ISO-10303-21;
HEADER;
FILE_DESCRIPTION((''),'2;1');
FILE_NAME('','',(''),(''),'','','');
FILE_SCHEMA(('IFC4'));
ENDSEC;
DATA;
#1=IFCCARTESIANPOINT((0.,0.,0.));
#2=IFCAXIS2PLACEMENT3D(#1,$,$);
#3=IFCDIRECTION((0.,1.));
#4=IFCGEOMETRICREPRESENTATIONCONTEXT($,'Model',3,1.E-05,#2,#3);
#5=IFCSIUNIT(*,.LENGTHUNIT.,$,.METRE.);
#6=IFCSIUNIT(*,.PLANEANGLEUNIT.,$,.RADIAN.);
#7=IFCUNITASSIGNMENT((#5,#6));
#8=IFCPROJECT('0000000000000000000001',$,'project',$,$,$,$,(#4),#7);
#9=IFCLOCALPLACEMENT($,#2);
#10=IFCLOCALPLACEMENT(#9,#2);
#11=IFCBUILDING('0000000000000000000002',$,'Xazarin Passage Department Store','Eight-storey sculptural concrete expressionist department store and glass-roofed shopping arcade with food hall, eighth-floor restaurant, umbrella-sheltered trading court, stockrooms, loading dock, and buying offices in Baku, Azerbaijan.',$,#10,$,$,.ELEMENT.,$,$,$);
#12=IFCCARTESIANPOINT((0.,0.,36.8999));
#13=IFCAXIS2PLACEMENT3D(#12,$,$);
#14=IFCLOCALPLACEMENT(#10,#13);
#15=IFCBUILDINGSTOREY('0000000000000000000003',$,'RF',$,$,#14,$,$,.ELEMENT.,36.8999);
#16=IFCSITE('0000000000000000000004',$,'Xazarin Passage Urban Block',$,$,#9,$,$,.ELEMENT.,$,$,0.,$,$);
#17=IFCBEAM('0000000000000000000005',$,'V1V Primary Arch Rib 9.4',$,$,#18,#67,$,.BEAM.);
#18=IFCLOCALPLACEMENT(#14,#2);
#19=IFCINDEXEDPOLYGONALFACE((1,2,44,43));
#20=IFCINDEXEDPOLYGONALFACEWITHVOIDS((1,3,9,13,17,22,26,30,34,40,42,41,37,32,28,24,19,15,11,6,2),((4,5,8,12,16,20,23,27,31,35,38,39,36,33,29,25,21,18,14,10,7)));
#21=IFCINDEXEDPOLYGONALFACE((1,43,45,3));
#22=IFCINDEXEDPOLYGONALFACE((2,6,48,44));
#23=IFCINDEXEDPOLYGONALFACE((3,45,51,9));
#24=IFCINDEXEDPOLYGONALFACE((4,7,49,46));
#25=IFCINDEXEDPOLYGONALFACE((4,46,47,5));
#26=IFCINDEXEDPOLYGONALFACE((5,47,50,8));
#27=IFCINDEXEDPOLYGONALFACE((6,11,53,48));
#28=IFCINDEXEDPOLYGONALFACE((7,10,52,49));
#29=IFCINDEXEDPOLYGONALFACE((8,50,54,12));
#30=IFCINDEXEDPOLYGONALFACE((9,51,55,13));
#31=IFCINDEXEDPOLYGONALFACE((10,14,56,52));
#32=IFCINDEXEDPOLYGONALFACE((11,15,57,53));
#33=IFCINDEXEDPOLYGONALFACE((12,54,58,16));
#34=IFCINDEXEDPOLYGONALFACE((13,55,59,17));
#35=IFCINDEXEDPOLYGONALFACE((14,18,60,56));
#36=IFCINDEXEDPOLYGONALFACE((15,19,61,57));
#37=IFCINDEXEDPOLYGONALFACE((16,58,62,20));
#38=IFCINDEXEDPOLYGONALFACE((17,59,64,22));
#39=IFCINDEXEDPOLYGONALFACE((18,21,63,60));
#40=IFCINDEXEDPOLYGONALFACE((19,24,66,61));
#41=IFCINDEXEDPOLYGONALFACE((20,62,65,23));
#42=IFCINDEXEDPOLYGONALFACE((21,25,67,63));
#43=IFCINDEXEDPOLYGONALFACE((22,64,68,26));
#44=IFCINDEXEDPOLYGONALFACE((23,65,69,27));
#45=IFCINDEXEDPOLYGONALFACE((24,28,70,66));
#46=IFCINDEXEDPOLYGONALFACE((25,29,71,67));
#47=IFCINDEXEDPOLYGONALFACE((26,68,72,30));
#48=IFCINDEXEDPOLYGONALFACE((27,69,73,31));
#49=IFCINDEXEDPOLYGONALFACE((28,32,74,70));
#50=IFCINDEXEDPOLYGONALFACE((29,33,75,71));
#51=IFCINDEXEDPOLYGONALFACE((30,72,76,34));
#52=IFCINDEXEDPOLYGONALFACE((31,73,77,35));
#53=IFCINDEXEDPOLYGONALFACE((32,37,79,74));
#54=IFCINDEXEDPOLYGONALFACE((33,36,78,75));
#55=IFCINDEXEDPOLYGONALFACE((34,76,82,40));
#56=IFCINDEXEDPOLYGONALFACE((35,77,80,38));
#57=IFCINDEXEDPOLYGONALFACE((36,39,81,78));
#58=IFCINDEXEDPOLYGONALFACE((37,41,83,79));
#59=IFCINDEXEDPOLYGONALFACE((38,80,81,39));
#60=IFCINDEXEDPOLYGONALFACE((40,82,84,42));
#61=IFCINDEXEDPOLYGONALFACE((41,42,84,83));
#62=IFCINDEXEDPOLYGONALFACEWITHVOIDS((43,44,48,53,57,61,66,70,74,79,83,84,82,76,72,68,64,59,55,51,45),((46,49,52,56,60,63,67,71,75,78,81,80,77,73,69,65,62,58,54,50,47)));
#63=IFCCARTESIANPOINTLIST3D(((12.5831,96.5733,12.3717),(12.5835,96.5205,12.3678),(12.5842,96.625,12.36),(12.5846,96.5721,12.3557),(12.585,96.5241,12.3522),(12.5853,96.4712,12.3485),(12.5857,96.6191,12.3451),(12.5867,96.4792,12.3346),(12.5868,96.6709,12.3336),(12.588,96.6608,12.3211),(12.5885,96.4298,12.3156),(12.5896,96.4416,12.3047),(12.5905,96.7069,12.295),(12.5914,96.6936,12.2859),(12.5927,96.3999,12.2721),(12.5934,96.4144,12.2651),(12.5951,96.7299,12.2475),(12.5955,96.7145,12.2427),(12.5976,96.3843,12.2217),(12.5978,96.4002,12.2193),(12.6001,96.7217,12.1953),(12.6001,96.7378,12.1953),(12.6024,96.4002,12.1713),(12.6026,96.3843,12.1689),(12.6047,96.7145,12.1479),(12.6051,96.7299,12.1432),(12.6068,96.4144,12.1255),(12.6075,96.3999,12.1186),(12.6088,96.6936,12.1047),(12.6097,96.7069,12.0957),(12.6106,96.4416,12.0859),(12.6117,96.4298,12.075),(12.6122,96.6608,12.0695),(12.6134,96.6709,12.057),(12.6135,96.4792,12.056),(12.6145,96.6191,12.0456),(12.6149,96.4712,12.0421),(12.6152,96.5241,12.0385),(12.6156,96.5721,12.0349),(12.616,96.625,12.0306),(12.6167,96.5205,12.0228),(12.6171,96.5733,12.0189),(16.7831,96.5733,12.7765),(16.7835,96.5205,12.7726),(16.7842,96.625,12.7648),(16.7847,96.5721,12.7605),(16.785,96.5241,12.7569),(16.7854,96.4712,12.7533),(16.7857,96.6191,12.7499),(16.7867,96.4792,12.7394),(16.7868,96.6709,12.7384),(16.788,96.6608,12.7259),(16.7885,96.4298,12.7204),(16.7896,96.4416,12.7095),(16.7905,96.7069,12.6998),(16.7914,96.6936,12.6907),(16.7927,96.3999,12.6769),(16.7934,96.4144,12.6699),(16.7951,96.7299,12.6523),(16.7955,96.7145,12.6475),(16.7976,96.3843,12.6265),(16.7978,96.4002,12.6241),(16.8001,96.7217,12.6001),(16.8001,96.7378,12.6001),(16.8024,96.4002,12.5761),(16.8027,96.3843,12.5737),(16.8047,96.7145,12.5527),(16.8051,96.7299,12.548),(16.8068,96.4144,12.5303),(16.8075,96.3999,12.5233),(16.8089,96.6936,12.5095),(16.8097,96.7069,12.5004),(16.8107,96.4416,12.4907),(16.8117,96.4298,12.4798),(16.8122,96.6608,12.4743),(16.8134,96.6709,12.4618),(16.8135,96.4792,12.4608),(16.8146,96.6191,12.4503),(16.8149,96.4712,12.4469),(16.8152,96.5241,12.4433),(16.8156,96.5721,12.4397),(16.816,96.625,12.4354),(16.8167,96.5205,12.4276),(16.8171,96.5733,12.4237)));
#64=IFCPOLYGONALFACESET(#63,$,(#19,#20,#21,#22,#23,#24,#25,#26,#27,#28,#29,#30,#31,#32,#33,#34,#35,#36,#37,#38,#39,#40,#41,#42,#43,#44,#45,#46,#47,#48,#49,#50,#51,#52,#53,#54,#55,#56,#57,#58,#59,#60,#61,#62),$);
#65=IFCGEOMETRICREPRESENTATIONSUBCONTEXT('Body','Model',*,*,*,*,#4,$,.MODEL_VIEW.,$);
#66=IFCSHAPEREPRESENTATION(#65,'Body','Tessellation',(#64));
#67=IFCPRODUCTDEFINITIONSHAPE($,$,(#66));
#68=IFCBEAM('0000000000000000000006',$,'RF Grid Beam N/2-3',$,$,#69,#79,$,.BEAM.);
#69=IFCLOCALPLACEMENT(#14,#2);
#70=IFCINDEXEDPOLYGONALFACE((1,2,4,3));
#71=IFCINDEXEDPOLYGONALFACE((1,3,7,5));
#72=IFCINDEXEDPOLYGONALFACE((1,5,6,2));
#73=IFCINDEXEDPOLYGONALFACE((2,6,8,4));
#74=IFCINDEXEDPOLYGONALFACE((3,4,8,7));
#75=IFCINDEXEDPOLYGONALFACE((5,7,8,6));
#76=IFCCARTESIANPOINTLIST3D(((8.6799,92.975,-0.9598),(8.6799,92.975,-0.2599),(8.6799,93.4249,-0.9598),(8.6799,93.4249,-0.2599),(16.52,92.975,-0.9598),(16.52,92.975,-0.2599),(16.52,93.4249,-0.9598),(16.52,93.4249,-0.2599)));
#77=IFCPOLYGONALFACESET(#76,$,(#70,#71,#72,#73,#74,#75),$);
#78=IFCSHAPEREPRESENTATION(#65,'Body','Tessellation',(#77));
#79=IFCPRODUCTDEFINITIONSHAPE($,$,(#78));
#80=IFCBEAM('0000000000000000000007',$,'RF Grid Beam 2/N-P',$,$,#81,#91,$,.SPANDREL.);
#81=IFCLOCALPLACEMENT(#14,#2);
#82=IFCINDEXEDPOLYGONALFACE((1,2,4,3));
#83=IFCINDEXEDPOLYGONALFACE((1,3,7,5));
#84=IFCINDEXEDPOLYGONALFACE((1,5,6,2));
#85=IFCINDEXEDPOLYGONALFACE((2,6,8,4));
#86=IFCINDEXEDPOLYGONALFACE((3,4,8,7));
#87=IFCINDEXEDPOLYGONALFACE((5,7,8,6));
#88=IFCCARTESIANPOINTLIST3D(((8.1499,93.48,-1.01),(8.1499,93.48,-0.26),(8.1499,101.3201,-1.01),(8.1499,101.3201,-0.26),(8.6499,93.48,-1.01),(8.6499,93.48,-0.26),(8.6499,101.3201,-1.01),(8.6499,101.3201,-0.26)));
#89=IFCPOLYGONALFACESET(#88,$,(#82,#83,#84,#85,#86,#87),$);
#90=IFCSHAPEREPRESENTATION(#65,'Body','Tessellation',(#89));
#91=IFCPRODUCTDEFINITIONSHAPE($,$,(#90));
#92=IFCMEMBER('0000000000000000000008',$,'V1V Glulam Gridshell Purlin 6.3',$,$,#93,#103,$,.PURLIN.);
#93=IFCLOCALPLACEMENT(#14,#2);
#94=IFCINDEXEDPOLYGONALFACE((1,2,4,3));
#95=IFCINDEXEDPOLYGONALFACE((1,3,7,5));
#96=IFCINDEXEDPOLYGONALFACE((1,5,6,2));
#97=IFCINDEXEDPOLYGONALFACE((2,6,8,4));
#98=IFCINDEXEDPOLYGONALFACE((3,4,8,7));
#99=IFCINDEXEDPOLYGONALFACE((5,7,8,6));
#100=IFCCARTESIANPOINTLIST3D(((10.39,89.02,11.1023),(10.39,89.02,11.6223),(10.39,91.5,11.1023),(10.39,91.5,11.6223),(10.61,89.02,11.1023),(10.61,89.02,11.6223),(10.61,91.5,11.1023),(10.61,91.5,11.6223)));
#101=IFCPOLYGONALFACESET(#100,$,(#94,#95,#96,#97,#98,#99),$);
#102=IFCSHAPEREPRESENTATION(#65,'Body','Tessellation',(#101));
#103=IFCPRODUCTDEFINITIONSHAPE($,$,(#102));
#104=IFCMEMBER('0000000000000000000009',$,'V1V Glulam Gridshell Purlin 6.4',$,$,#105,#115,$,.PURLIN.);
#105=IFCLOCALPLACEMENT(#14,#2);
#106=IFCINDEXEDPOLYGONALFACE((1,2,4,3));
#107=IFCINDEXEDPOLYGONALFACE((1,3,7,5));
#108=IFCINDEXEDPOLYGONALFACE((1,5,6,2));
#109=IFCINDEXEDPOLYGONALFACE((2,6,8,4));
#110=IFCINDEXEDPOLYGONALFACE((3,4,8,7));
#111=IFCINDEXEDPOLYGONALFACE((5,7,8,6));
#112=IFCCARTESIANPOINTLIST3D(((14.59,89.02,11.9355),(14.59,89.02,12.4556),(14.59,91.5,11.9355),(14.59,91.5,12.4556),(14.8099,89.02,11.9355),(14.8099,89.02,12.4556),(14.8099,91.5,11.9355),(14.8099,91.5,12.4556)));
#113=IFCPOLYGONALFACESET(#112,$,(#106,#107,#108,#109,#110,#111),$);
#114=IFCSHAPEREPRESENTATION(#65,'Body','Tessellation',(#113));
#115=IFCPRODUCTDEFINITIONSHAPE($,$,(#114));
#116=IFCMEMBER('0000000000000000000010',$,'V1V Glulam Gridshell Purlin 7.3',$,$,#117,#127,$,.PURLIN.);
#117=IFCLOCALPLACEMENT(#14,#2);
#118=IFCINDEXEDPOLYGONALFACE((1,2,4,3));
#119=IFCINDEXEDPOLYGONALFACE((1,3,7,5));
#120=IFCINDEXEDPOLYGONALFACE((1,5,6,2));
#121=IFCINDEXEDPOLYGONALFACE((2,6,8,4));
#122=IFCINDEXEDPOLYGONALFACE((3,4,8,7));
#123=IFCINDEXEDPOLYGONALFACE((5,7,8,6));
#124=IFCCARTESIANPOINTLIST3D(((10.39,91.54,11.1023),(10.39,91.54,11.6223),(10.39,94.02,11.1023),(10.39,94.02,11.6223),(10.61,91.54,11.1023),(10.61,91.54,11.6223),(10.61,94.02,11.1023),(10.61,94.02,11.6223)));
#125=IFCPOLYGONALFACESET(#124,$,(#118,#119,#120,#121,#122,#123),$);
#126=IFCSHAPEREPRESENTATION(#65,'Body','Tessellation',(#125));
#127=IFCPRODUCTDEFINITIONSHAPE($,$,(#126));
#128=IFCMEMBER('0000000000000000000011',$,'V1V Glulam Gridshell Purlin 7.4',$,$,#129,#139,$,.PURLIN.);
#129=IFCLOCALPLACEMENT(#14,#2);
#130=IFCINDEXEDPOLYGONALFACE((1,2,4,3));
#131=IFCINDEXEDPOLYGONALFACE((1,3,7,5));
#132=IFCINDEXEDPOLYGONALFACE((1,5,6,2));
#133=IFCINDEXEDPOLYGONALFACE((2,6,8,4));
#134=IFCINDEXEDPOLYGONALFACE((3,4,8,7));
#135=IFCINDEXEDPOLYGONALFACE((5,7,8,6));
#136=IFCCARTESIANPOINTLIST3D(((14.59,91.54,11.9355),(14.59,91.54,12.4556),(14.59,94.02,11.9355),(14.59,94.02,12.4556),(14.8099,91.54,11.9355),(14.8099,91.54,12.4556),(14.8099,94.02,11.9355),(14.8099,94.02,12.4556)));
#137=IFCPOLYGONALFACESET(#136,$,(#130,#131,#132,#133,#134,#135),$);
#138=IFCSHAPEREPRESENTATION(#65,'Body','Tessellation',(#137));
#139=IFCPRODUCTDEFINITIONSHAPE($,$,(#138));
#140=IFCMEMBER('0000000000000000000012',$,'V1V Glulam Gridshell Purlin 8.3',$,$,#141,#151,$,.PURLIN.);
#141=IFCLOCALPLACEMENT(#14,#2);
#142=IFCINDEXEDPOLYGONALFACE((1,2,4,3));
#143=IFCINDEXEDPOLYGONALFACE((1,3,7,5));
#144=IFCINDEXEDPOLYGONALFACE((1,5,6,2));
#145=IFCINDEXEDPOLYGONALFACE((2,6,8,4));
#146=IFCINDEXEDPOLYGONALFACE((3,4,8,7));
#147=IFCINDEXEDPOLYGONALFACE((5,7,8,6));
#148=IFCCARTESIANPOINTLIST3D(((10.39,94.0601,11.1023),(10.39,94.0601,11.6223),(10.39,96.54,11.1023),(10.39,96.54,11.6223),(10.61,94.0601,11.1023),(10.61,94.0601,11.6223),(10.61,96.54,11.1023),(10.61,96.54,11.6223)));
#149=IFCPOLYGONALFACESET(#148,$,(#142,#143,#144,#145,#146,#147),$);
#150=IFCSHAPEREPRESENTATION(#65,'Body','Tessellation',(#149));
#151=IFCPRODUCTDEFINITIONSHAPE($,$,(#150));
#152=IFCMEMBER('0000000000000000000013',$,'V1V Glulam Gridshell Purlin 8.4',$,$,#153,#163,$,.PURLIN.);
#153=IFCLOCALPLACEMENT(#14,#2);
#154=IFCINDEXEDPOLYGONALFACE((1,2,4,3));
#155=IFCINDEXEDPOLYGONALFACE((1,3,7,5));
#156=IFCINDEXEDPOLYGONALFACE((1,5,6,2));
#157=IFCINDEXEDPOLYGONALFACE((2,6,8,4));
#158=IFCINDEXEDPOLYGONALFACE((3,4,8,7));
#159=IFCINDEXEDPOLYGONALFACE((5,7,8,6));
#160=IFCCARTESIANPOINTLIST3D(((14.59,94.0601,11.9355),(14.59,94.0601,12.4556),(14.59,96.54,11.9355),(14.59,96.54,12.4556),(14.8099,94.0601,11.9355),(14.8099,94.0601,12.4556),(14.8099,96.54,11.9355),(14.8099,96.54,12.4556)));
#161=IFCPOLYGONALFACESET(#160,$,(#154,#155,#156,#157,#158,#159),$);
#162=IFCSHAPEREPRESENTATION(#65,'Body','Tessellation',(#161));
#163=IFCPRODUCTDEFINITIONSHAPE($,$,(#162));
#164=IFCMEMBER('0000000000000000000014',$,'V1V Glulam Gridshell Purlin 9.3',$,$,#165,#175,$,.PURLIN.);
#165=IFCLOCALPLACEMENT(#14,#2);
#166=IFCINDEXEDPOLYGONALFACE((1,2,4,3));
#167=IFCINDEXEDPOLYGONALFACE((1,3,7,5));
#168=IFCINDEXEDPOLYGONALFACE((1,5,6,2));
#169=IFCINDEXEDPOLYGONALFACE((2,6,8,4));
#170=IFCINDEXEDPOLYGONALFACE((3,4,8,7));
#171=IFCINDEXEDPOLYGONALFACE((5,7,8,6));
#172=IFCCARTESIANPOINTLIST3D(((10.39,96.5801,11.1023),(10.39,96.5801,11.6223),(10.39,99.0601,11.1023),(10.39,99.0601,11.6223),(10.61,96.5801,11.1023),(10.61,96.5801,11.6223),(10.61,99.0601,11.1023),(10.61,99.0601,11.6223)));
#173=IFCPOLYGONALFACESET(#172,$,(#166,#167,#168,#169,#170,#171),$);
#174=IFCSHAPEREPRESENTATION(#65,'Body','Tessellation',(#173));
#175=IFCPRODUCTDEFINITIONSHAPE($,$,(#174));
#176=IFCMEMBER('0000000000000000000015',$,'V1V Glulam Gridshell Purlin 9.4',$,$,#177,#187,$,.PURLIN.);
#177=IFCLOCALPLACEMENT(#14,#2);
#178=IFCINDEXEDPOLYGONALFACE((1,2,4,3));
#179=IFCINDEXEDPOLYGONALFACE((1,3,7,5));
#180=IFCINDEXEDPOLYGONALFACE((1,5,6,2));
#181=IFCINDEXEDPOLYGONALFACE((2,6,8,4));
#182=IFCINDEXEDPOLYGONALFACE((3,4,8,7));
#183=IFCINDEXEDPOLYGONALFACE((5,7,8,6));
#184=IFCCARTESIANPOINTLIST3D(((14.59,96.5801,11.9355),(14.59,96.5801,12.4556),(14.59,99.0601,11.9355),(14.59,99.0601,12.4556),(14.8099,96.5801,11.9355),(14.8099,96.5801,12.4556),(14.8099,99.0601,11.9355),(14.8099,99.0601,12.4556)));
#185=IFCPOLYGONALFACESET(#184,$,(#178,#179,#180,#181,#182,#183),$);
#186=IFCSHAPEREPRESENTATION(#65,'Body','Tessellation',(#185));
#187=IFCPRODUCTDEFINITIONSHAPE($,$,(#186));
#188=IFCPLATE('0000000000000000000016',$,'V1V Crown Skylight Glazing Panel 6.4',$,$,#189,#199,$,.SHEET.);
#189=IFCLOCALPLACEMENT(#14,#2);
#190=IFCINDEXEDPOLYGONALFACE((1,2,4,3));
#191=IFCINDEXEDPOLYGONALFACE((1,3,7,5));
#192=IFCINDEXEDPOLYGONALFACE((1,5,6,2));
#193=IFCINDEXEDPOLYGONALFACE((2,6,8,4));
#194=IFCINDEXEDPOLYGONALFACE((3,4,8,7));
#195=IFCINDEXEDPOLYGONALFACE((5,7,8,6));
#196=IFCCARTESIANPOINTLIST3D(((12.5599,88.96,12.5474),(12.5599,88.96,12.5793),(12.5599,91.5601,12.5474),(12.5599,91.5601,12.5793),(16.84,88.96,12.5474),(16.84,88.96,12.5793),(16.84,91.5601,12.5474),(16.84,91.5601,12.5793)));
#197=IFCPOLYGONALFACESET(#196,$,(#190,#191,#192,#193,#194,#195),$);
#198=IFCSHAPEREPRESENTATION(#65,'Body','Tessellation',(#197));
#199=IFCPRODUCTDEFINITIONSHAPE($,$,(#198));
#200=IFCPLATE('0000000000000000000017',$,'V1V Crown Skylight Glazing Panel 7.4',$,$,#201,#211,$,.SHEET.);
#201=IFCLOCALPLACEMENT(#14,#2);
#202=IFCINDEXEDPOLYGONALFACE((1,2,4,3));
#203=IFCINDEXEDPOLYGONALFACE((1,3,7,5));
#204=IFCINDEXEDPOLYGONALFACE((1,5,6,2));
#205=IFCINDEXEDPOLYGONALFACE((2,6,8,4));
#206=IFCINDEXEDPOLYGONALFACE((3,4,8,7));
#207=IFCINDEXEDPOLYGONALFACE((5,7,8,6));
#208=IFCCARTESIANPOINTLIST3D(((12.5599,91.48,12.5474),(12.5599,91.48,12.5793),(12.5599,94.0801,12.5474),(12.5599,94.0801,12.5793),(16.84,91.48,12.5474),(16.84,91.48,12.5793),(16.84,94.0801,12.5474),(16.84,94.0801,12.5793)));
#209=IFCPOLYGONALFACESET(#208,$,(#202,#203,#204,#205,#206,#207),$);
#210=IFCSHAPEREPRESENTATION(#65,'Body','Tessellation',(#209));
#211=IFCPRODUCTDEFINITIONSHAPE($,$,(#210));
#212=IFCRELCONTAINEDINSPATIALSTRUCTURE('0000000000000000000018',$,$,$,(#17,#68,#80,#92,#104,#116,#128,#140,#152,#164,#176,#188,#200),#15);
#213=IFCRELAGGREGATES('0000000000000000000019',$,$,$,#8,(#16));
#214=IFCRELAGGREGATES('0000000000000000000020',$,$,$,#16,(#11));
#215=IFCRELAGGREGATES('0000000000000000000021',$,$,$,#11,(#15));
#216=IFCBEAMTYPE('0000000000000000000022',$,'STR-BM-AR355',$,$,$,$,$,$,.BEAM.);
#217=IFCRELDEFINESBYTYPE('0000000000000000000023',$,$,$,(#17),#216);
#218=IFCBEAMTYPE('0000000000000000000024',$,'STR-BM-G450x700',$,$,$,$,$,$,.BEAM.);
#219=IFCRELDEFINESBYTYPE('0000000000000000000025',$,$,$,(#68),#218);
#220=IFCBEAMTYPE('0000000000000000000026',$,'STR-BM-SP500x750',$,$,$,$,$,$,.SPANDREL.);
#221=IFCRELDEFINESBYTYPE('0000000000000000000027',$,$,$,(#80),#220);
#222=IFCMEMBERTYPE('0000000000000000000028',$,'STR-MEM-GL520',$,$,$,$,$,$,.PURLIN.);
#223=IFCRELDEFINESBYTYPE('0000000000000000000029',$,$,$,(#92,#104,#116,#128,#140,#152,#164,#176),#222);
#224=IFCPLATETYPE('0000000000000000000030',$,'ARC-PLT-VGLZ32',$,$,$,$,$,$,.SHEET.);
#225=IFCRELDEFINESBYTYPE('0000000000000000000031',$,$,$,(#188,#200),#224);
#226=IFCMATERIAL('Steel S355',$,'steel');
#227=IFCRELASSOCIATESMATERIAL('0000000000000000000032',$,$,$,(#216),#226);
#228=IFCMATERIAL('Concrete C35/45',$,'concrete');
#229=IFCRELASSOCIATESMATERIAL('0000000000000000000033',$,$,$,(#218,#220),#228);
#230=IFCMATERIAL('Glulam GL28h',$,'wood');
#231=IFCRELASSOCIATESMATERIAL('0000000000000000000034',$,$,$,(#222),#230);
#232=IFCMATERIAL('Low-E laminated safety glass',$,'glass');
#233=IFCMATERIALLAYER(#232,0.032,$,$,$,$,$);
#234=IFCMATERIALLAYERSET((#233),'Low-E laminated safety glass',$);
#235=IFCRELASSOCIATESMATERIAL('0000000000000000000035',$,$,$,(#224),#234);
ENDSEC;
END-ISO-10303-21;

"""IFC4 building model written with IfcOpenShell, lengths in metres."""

from ifc_helpers import new_model, si_unit, direction, frame, origin, origin_2d, place, context, subcontext, project, spatial, rectangle, hollow_circle, extrude, material, layer, layer_set, material_profile, profile_set, type_object, element, save


model = new_model("IFC4")

# Units and contexts
model_context = context("Model", 3, precision=1e-05, world=origin(), true_north=direction((0.0, 1.0)))
body_context = subcontext(model_context, "Body", "Model", "MODEL_VIEW")
ifc_project = project(units=[si_unit("LENGTHUNIT", "METRE"), si_unit("PLANEANGLEUNIT", "RADIAN")], contexts=[model_context])

# Site, building, storey
site_placement = place(None, origin())
site = spatial("IfcSite", under=ifc_project, at=site_placement, Name="Xazarin Passage Urban Block", CompositionType="ELEMENT", RefElevation=0.0)
building_placement = place(site_placement, origin())
building = spatial("IfcBuilding", under=site, at=building_placement, Name="Xazarin Passage Department Store", Description="Eight-storey sculptural concrete expressionist department store and glass-roofed shopping arcade with food hall, eighth-floor restaurant, umbrella-sheltered trading court, stockrooms, loading dock, and buying offices in Baku, Azerbaijan.", CompositionType="ELEMENT")
storey_placement = place(building_placement, frame((0.0, 0.0, 36.8999)))
storey = spatial("IfcBuildingStorey", under=building, at=storey_placement, Name="RF", CompositionType="ELEMENT", Elevation=36.8999)

# Beams
ifc_material_1 = material(Name="Steel S355", Category="steel")
ifc_material_profile_1 = material_profile(ifc_material_1, hollow_circle(Radius=0.1777, WallThickness=0.0161, at=origin_2d()), Name="CHS 355.6x16")
ifc_profile_set_1 = profile_set([ifc_material_profile_1], Name="Steel S355")
beam_type_1 = type_object("IfcBeamType", Name="STR-BM-AR355", PredefinedType="BEAM", material=ifc_profile_set_1)
beam_1_placement = place(storey_placement, frame((12.6001, 96.5601, 12.1953), z_axis=(0.995388, 0.0, 0.095934), x_axis=(0.0, 1.0, 0.0)))
element("IfcBeam", 1, at=beam_1_placement, inside=storey, type_object=beam_type_1, Name="V1V Primary Arch Rib 9.4", PredefinedType="BEAM", context=body_context, shape_type="SweptSolid", body=[
    extrude(hollow_circle(Radius=0.1777, WallThickness=0.0161, at=origin_2d()), origin(), (0.0, 0.0, 1.0), 4.2195),
])
ifc_material_2 = material(Name="Concrete C35/45", Category="concrete")
ifc_material_profile_2 = material_profile(ifc_material_2, rectangle(XDim=0.45, YDim=0.7, at=origin_2d()), Name="RC 450x700")
ifc_profile_set_2 = profile_set([ifc_material_profile_2], Name="Concrete C35/45")
beam_type_2 = type_object("IfcBeamType", Name="STR-BM-G450x700", PredefinedType="BEAM", material=ifc_profile_set_2)
beam_2_placement = place(storey_placement, frame((8.6799, 93.2, -0.6099), z_axis=(1.0, 0.0, 0.0), x_axis=(0.0, 1.0, 0.0)))
element("IfcBeam", 2, at=beam_2_placement, inside=storey, type_object=beam_type_2, Name="RF Grid Beam N/2-3", PredefinedType="BEAM", context=body_context, shape_type="SweptSolid", body=[
    extrude(rectangle(XDim=0.45, YDim=0.7, at=origin_2d()), origin(), (0.0, 0.0, 1.0), 7.8401),
])
ifc_material_profile_3 = material_profile(ifc_material_2, rectangle(XDim=0.5, YDim=0.75, at=origin_2d()), Name="RC 500x750")
ifc_profile_set_3 = profile_set([ifc_material_profile_3], Name="Concrete C35/45")
beam_type_3 = type_object("IfcBeamType", Name="STR-BM-SP500x750", PredefinedType="SPANDREL", material=ifc_profile_set_3)
beam_3_placement = place(storey_placement, frame((8.3999, 93.48, -0.635), z_axis=(0.0, 1.0, 0.0), x_axis=(-1.0, 0.0, 0.0)))
element("IfcBeam", 3, at=beam_3_placement, inside=storey, type_object=beam_type_3, Name="RF Grid Beam 2/N-P", PredefinedType="SPANDREL", context=body_context, shape_type="SweptSolid", body=[
    extrude(rectangle(XDim=0.5, YDim=0.75, at=origin_2d()), origin(), (0.0, 0.0, 1.0), 7.8401),
])

# Members
ifc_material_3 = material(Name="Glulam GL28h", Category="wood")
ifc_material_profile_4 = material_profile(ifc_material_3, rectangle(XDim=0.22, YDim=0.52, at=origin_2d()), Name="GL28h 220x520")
ifc_profile_set_4 = profile_set([ifc_material_profile_4], Name="Glulam GL28h")
member_type = type_object("IfcMemberType", Name="STR-MEM-GL520", PredefinedType="PURLIN", material=ifc_profile_set_4)
for number, where, z_axis, x_axis, name in (
    (4, (10.5, 89.02, 11.3623), (0.0, 1.0, 0.0), (-1.0, 0.0, 0.0), "V1V Glulam Gridshell Purlin 6.3"),
    (5, (14.7, 89.02, 12.1956), (0.0, 1.0, 0.0), (-1.0, 0.0, 0.0), "V1V Glulam Gridshell Purlin 6.4"),
    (6, (10.5, 91.54, 11.3623), (0.0, 1.0, 0.0), (-1.0, 0.0, 0.0), "V1V Glulam Gridshell Purlin 7.3"),
    (7, (14.7, 91.54, 12.1956), (0.0, 1.0, 0.0), (-1.0, 0.0, 0.0), "V1V Glulam Gridshell Purlin 7.4"),
    (8, (10.5, 94.0601, 11.3623), (0.0, 1.0, 0.0), (-1.0, 0.0, 0.0), "V1V Glulam Gridshell Purlin 8.3"),
    (9, (14.7, 94.0601, 12.1956), (0.0, 1.0, 0.0), (-1.0, 0.0, 0.0), "V1V Glulam Gridshell Purlin 8.4"),
    (10, (10.5, 96.5801, 11.3623), (0.0, 1.0, 0.0), (-1.0, 0.0, 0.0), "V1V Glulam Gridshell Purlin 9.3"),
    (11, (14.7, 96.5801, 12.1956), (0.0, 1.0, 0.0), (-1.0, 0.0, 0.0), "V1V Glulam Gridshell Purlin 9.4"),
):
    element("IfcMember", number, at=place(storey_placement, frame(where, z_axis=z_axis, x_axis=x_axis)), inside=storey, type_object=member_type, Name=name, PredefinedType="PURLIN", context=body_context, shape_type="SweptSolid", body=[
        extrude(rectangle(XDim=0.22, YDim=0.52, at=origin_2d()), origin(), (0.0, 0.0, 1.0), 2.48),
    ])

# Plates
ifc_material_4 = material(Name="Low-E laminated safety glass", Category="glass")
ifc_layer_1 = layer(ifc_material_4, 0.032)
ifc_layer_set_1 = layer_set([ifc_layer_1], Name="Low-E laminated safety glass")
plate_type = type_object("IfcPlateType", Name="ARC-PLT-VGLZ32", PredefinedType="SHEET", material=ifc_layer_set_1)
for number, where, z_axis, x_axis, name in (
    (12, (14.7, 90.26, 12.5474), (0.0, 0.0, 1.0), (1.0, 0.0, 0.0), "V1V Crown Skylight Glazing Panel 6.4"),
    (13, (14.7, 92.78, 12.5474), (0.0, 0.0, 1.0), (1.0, 0.0, 0.0), "V1V Crown Skylight Glazing Panel 7.4"),
):
    element("IfcPlate", number, at=place(storey_placement, frame(where, z_axis=z_axis, x_axis=x_axis)), inside=storey, type_object=plate_type, Name=name, PredefinedType="SHEET", context=body_context, shape_type="SweptSolid", body=[
        extrude(rectangle(XDim=4.28, YDim=2.6001, at=origin_2d()), origin(), (0.0, 0.0, 1.0), 0.032),
    ])

save(model, "model.ifc")
